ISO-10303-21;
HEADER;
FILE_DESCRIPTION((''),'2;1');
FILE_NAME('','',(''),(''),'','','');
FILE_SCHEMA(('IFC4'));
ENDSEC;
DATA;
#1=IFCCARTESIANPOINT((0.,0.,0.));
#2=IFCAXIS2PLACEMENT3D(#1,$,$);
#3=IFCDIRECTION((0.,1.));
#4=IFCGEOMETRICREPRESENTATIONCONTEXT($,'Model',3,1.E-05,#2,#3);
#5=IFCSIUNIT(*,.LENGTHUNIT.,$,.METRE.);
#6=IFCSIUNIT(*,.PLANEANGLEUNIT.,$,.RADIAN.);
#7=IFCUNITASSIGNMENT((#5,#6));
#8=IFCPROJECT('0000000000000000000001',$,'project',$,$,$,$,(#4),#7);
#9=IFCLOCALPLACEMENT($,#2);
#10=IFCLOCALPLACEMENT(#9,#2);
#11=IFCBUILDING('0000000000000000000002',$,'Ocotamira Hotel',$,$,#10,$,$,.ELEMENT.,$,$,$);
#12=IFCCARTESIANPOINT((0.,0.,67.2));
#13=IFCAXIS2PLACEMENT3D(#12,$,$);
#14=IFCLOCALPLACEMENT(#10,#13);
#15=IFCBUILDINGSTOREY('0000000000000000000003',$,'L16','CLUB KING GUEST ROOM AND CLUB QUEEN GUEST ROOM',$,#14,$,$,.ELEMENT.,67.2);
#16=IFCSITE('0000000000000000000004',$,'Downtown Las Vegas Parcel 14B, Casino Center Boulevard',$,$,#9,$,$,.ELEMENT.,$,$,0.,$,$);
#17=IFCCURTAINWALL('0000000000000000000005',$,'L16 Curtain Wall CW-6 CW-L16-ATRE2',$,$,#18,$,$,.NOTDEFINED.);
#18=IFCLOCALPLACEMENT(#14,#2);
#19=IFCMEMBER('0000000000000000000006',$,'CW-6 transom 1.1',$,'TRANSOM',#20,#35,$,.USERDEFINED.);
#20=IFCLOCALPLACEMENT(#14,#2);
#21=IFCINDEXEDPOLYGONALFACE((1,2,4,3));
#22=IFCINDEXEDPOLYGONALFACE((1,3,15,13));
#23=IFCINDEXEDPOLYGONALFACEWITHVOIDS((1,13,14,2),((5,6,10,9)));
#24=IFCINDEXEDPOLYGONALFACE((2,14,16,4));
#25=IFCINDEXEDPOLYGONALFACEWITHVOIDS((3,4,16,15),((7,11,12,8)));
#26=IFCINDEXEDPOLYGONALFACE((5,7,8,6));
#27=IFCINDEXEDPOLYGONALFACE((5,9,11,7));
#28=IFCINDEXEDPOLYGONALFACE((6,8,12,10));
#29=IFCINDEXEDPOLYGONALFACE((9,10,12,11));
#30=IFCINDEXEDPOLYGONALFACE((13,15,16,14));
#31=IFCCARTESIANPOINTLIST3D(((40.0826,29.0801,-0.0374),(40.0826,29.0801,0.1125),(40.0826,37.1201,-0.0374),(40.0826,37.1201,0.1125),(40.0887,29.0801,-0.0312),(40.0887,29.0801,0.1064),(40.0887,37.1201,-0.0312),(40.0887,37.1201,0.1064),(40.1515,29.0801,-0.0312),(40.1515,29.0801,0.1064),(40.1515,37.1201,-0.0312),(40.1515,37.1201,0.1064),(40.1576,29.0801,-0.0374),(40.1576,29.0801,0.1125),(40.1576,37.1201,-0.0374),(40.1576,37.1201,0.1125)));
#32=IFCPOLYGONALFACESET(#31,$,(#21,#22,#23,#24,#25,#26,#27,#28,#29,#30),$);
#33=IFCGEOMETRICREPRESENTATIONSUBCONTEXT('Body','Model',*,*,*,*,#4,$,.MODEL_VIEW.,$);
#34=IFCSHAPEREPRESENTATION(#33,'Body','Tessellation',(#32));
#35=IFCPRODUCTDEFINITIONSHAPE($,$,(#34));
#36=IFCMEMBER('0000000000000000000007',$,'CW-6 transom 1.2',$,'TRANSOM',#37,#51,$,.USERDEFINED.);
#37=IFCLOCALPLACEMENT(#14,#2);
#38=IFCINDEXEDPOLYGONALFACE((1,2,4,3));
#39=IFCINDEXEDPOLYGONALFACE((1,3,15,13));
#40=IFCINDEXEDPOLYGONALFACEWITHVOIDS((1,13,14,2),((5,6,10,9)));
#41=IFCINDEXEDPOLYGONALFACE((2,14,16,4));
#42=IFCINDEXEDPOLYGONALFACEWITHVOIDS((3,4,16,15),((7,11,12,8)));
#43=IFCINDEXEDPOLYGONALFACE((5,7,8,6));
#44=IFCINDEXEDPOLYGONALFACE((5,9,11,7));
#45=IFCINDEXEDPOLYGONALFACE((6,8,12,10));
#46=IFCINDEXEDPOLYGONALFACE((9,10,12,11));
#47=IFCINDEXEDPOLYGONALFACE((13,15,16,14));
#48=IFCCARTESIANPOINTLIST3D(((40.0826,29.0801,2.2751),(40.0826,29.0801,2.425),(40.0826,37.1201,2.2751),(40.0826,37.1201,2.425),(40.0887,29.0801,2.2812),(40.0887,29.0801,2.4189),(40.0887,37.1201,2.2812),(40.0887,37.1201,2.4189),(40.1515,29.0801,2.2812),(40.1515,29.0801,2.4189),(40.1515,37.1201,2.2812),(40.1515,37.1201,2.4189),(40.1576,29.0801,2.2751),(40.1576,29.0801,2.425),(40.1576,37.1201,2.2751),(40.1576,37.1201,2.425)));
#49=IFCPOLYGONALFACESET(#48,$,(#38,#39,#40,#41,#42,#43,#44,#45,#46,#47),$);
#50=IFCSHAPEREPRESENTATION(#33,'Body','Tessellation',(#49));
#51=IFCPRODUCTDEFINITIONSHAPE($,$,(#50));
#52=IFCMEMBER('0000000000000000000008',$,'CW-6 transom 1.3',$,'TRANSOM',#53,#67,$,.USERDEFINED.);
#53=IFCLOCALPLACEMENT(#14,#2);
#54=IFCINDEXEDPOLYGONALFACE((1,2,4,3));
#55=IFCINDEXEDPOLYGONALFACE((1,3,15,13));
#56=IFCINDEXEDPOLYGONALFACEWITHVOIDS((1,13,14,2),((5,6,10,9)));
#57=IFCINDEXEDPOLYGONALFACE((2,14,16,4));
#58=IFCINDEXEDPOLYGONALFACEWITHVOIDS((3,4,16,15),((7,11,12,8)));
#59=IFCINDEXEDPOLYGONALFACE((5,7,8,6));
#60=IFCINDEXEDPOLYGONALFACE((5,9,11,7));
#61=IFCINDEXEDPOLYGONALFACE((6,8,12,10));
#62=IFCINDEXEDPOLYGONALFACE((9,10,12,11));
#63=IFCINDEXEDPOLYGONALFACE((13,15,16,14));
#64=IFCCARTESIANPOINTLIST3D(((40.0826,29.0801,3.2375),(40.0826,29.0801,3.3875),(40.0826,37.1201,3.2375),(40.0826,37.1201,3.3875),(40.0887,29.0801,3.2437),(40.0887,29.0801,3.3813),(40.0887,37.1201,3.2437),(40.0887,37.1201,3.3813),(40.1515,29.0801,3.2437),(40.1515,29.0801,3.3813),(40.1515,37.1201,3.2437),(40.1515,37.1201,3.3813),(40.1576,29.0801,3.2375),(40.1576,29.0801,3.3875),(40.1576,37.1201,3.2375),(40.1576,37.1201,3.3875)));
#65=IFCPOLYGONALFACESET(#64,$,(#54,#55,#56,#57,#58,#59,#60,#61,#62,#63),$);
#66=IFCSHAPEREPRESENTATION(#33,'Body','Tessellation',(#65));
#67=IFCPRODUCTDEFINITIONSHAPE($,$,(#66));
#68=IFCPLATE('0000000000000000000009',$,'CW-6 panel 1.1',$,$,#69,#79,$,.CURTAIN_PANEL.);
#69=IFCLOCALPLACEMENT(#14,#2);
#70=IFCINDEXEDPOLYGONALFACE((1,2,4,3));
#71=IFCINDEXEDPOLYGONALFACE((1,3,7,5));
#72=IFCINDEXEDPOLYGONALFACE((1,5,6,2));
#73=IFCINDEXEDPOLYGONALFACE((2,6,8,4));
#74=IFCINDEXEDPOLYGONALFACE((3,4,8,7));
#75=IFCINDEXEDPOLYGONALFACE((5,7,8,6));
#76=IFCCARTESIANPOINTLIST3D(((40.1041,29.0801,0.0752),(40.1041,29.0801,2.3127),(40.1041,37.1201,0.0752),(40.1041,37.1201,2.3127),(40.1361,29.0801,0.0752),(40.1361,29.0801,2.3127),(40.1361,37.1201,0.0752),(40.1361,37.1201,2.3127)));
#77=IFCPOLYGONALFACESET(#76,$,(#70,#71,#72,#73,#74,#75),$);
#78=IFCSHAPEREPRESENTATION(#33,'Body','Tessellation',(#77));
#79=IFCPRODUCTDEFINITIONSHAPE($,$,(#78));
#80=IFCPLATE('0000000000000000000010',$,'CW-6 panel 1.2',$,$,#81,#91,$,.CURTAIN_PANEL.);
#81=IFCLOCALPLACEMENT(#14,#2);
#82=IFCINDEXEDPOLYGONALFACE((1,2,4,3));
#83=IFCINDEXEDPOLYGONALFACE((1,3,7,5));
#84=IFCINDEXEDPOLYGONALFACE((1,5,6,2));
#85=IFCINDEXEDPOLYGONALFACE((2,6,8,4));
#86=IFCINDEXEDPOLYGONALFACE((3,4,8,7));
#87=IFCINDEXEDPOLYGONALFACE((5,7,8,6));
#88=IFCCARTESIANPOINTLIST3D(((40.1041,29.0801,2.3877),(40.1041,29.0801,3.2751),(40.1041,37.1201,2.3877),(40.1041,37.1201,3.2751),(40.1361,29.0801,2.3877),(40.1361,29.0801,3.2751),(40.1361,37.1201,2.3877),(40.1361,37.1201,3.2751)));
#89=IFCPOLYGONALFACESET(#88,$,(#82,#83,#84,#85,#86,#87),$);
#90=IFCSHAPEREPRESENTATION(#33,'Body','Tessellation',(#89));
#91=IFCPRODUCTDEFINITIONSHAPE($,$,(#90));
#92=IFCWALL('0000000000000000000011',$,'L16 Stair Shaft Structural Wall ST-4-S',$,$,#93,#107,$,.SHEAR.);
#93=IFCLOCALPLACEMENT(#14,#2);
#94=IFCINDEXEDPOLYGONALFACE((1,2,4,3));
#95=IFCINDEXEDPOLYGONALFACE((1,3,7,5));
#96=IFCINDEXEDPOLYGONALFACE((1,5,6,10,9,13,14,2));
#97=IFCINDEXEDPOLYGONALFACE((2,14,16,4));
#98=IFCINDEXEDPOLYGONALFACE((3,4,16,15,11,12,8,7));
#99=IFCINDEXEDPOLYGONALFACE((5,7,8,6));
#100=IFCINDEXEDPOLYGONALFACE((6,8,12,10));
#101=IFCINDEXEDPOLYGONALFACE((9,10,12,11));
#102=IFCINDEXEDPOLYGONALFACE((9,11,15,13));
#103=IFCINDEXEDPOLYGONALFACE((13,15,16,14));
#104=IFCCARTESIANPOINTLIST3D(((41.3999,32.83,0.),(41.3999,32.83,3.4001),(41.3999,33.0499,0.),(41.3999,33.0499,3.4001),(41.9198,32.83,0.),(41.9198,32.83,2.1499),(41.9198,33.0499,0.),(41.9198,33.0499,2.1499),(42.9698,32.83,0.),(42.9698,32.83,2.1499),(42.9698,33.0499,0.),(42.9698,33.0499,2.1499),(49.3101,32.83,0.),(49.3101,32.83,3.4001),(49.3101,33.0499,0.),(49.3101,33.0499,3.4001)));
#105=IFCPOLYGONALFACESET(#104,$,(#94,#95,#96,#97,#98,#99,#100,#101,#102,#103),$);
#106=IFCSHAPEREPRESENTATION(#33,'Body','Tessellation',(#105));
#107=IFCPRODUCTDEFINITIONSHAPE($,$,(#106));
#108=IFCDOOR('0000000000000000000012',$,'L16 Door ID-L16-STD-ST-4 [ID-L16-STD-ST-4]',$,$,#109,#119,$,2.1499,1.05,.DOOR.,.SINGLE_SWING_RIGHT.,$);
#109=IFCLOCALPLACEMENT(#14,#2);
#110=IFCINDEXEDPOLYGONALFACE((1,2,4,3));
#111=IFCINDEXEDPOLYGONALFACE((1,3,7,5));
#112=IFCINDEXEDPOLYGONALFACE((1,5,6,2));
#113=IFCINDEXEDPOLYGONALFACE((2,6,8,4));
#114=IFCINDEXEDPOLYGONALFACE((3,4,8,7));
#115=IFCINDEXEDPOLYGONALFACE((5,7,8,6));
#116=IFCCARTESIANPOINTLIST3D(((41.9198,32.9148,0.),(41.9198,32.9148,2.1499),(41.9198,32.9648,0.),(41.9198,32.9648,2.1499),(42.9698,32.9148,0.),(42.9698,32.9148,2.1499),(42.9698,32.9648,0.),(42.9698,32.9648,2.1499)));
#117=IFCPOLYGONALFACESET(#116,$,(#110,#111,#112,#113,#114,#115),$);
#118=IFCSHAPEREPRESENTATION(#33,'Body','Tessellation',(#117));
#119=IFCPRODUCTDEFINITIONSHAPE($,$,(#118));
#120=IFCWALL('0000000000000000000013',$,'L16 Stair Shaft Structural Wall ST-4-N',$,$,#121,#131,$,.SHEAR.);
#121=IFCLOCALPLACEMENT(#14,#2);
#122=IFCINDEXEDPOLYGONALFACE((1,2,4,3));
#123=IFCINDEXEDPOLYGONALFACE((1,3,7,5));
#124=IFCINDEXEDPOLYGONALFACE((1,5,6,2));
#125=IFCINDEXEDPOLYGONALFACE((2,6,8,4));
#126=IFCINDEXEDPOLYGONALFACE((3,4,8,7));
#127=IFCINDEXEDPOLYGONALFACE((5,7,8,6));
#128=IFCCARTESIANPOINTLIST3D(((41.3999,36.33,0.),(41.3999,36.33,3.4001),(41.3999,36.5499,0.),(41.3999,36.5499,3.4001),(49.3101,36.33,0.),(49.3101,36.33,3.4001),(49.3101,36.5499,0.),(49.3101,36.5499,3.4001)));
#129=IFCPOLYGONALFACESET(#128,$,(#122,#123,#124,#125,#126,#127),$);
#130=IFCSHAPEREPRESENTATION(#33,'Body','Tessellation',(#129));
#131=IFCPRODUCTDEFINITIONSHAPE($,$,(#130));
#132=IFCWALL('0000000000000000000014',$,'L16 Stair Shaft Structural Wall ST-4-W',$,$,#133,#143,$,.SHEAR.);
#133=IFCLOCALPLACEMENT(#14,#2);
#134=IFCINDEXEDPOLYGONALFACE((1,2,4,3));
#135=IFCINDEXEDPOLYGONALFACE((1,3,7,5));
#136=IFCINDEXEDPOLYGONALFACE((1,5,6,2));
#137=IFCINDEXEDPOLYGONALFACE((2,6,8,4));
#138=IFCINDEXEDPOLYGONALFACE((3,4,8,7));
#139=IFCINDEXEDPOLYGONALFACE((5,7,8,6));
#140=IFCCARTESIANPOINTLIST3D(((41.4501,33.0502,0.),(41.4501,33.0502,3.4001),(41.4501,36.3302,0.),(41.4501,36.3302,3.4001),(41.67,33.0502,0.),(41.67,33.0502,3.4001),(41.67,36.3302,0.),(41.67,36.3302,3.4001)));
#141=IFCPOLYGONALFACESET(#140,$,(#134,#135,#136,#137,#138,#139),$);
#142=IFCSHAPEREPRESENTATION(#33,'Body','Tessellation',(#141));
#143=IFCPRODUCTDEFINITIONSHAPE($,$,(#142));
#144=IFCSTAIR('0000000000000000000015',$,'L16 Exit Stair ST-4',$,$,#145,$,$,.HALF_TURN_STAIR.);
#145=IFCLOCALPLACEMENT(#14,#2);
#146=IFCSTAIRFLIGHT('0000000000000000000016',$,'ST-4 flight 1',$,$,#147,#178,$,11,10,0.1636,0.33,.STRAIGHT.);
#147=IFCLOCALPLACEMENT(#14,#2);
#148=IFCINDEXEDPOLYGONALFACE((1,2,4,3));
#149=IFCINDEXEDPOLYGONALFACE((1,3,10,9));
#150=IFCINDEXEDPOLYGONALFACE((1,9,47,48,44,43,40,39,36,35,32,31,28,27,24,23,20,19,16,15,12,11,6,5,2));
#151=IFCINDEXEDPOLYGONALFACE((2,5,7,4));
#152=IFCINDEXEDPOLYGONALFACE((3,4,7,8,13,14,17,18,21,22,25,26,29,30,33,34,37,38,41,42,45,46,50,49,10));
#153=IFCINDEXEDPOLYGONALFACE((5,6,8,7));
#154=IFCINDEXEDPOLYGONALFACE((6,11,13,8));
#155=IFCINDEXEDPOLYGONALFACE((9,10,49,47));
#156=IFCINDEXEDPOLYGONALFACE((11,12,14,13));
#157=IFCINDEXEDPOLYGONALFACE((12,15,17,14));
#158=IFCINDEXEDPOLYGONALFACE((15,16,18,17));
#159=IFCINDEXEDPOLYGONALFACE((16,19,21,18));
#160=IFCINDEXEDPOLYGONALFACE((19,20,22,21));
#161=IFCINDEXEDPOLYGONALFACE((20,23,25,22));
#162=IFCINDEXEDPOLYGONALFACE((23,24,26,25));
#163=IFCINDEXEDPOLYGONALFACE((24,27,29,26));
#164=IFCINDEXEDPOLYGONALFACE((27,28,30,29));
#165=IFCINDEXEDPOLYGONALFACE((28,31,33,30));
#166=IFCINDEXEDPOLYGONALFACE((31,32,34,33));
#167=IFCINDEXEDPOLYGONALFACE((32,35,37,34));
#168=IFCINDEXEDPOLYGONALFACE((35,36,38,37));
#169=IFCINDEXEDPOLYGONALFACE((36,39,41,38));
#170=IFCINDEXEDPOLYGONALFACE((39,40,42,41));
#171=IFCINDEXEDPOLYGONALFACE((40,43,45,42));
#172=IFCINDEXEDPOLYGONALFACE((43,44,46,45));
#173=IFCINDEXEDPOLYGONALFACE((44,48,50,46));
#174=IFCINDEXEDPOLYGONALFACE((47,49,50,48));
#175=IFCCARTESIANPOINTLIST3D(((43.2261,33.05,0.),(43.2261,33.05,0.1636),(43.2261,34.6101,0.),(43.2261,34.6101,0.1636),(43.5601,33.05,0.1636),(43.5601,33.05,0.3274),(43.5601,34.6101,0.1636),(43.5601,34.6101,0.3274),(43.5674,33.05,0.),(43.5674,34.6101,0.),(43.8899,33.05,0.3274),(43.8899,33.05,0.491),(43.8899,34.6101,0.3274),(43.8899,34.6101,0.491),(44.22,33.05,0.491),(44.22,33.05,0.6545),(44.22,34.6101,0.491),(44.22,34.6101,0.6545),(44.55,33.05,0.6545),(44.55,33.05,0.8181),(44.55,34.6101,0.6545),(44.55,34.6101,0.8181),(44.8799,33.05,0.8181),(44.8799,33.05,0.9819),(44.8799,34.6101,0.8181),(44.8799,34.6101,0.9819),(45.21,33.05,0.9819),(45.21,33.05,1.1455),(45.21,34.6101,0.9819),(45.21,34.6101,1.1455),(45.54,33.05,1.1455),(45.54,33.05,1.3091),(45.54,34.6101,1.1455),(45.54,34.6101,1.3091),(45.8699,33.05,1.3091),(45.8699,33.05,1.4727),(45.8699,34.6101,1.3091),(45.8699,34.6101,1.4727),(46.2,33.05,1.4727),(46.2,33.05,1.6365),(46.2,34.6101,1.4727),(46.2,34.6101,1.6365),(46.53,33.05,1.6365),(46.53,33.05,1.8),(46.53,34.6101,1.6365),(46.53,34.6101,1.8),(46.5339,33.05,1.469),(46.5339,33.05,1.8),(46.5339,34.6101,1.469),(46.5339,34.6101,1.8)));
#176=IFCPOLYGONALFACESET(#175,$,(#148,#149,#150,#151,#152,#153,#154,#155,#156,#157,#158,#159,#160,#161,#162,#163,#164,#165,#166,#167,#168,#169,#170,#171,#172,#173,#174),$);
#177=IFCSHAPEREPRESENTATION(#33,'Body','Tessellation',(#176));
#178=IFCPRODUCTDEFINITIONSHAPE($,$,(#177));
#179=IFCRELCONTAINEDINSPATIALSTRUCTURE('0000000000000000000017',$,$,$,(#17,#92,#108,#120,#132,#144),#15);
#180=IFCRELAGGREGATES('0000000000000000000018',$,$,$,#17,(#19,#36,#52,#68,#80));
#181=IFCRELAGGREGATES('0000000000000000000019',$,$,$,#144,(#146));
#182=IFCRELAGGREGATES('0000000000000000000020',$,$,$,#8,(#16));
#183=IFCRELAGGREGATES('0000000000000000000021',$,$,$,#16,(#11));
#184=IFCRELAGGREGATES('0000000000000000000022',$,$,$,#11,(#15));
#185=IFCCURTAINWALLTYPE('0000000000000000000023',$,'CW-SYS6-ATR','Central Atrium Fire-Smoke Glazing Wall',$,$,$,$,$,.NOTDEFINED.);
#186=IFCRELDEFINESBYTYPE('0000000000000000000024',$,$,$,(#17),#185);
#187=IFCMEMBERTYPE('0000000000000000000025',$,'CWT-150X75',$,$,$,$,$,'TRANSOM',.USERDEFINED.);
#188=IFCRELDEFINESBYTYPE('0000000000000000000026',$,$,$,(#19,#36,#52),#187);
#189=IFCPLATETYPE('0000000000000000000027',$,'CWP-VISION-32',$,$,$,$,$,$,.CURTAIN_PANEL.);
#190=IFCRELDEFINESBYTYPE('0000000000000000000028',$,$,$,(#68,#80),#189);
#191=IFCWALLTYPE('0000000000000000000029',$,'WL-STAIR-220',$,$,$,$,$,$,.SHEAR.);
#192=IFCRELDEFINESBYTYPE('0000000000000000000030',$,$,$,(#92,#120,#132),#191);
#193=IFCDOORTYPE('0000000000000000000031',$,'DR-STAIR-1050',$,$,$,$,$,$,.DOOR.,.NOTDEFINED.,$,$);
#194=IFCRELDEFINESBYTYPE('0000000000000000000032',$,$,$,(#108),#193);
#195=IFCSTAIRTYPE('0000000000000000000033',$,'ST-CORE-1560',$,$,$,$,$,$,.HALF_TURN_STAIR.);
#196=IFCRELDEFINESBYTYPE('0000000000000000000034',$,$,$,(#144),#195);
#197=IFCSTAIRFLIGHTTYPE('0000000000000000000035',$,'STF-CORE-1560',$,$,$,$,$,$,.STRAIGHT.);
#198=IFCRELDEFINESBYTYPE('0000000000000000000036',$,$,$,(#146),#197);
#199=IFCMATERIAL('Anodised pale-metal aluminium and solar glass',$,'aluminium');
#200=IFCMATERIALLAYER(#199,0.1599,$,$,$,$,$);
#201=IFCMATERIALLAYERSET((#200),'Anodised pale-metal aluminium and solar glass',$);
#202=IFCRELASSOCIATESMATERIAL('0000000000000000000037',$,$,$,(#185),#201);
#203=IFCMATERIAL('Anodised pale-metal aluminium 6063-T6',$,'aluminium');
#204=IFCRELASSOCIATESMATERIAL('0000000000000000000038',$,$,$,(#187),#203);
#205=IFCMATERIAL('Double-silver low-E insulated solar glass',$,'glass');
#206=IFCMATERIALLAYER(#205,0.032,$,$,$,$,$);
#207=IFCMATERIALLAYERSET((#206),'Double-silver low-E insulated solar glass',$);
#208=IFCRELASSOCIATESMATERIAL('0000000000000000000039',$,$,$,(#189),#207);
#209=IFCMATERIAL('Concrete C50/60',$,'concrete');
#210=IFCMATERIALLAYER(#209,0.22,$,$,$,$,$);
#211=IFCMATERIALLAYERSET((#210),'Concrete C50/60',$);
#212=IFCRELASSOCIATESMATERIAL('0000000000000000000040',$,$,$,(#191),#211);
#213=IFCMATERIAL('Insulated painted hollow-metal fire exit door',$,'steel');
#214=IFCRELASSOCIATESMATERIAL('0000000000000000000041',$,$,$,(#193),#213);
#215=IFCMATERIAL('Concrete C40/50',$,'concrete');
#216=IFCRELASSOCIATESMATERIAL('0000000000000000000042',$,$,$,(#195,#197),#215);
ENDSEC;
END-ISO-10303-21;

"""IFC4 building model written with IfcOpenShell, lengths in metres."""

from ifc_helpers import new_model, si_unit, direction, frame, frame_2d, origin, origin_2d, place, context, subcontext, project, spatial, polyline, rectangle, hollow_rectangle, outline, extrude, source, transform, mapped, material, layer, layer_set, material_profile, profile_set, type_object, element, fill, aggregate, save


model = new_model("IFC4")

# Units and contexts
model_context = context("Model", 3, precision=1e-05, world=origin(), true_north=direction((0.0, 1.0)))
body_context = subcontext(model_context, "Body", "Model", "MODEL_VIEW")
ifc_project = project(units=[si_unit("LENGTHUNIT", "METRE"), si_unit("PLANEANGLEUNIT", "RADIAN")], contexts=[model_context])

# Site, building, storey
site_placement = place(None, origin())
site = spatial("IfcSite", under=ifc_project, at=site_placement, Name="Downtown Las Vegas Parcel 14B, Casino Center Boulevard", CompositionType="ELEMENT", RefElevation=0.0)
building_placement = place(site_placement, origin())
building = spatial("IfcBuilding", under=site, at=building_placement, Name="Ocotamira Hotel", CompositionType="ELEMENT")
storey_placement = place(building_placement, frame((0.0, 0.0, 67.2)))
storey = spatial("IfcBuildingStorey", under=building, at=storey_placement, Name="L16", Description="CLUB KING GUEST ROOM AND CLUB QUEEN GUEST ROOM", CompositionType="ELEMENT", Elevation=67.2)

# Shared definitions
ifc_material_1 = material(Name="Anodised pale-metal aluminium and solar glass", Category="aluminium")
ifc_layer_1 = layer(ifc_material_1, 0.1599)
ifc_layer_set_1 = layer_set([ifc_layer_1], Name="Anodised pale-metal aluminium and solar glass")
curtain_wall_type = type_object("IfcCurtainWallType", Name="CW-SYS6-ATR", Description="Central Atrium Fire-Smoke Glazing Wall", PredefinedType="NOTDEFINED", material=ifc_layer_set_1)
ifc_material_2 = material(Name="Anodised pale-metal aluminium 6063-T6", Category="aluminium")

# Curtain wall, members, plates
curtain_wall_1_placement = place(storey_placement, origin())
curtain_wall_1 = element("IfcCurtainWall", 1, at=curtain_wall_1_placement, inside=storey, type_object=curtain_wall_type, Name="L16 Curtain Wall CW-6 CW-L16-ATRE2", PredefinedType="NOTDEFINED")
ifc_material_profile_1 = material_profile(ifc_material_2, hollow_rectangle(XDim=0.075, YDim=0.1499, WallThickness=0.0061, at=origin_2d()), Name="HSS150X75X6")
ifc_profile_set_1 = profile_set([ifc_material_profile_1], Name="Anodised pale-metal aluminium 6063-T6")
member_type_1 = type_object("IfcMemberType", Name="CWT-150X75", ElementType="TRANSOM", PredefinedType="USERDEFINED", material=ifc_profile_set_1)
shared_shape_1 = source(origin(), body_context, "Body", "SweptSolid", [
    extrude(hollow_rectangle(XDim=0.075, YDim=0.1499, WallThickness=0.0061, at=origin_2d()), origin(), (0.0, 0.0, 1.0), 8.04),
])
member_1_placement = place(storey_placement, frame((40.1201, 29.0801, 0.0376), z_axis=(0.0, 1.0, 0.0), x_axis=(-1.0, 0.0, 0.0)))
member_1 = element("IfcMember", 2, at=member_1_placement, type_object=member_type_1, Name="CW-6 transom 1.1", ObjectType="TRANSOM", PredefinedType="USERDEFINED", context=body_context, shape_type="MappedRepresentation", body=[
    mapped(shared_shape_1, transform((0.0, 0.0, 0.0), scale=1.0)),
])
member_2_placement = place(storey_placement, frame((40.1201, 29.0801, 2.3501), z_axis=(0.0, 1.0, 0.0), x_axis=(-1.0, 0.0, 0.0)))
member_2 = element("IfcMember", 3, at=member_2_placement, type_object=member_type_1, Name="CW-6 transom 1.2", ObjectType="TRANSOM", PredefinedType="USERDEFINED", context=body_context, shape_type="MappedRepresentation", body=[
    mapped(shared_shape_1, transform((0.0, 0.0, 0.0), scale=1.0)),
])
member_3_placement = place(storey_placement, frame((40.1201, 29.0801, 3.3125), z_axis=(0.0, 1.0, 0.0), x_axis=(-1.0, 0.0, 0.0)))
member_3 = element("IfcMember", 4, at=member_3_placement, type_object=member_type_1, Name="CW-6 transom 1.3", ObjectType="TRANSOM", PredefinedType="USERDEFINED", context=body_context, shape_type="MappedRepresentation", body=[
    mapped(shared_shape_1, transform((0.0, 0.0, 0.0), scale=1.0)),
])
ifc_material_3 = material(Name="Double-silver low-E insulated solar glass", Category="glass")
ifc_layer_2 = layer(ifc_material_3, 0.032)
ifc_layer_set_2 = layer_set([ifc_layer_2], Name="Double-silver low-E insulated solar glass")
plate_type = type_object("IfcPlateType", Name="CWP-VISION-32", PredefinedType="CURTAIN_PANEL", material=ifc_layer_set_2)
shared_shape_2 = source(origin(), body_context, "Body", "SweptSolid", [
    extrude(rectangle(XDim=8.04, YDim=0.032, at=origin_2d()), origin(), (0.0, 0.0, 1.0), 2.2375),
])
plate_1_placement = place(storey_placement, frame((40.1201, 33.1001, 0.0752), z_axis=(0.0, 0.0, 1.0), x_axis=(0.0, 1.0, 0.0)))
plate_1 = element("IfcPlate", 5, at=plate_1_placement, type_object=plate_type, Name="CW-6 panel 1.1", PredefinedType="CURTAIN_PANEL", context=body_context, shape_type="MappedRepresentation", body=[
    mapped(shared_shape_2, transform((0.0, 0.0, 0.0), scale=1.0)),
])
shared_shape_3 = source(origin(), body_context, "Body", "SweptSolid", [
    extrude(rectangle(XDim=8.04, YDim=0.032, at=origin_2d()), origin(), (0.0, 0.0, 1.0), 0.8875),
])
plate_2_placement = place(storey_placement, frame((40.1201, 33.1001, 2.3877), z_axis=(0.0, 0.0, 1.0), x_axis=(0.0, 1.0, 0.0)))
plate_2 = element("IfcPlate", 6, at=plate_2_placement, type_object=plate_type, Name="CW-6 panel 1.2", PredefinedType="CURTAIN_PANEL", context=body_context, shape_type="MappedRepresentation", body=[
    mapped(shared_shape_3, transform((0.0, 0.0, 0.0), scale=1.0)),
])
aggregate(curtain_wall_1, [member_1, member_2, member_3, plate_1, plate_2])

# Wall, opening, door
ifc_material_4 = material(Name="Concrete C50/60", Category="concrete")
ifc_layer_3 = layer(ifc_material_4, 0.22)
ifc_layer_set_3 = layer_set([ifc_layer_3], Name="Concrete C50/60")
wall_type = type_object("IfcWallType", Name="WL-STAIR-220", PredefinedType="SHEAR", material=ifc_layer_set_3)
wall_1_placement = place(storey_placement, frame((41.3999, 32.9399, 0.0), z_axis=(0.0, 0.0, 1.0), x_axis=(1.0, 0.0, 0.0)))
wall_1 = element("IfcWall", 7, at=wall_1_placement, inside=storey, type_object=wall_type, Name="L16 Stair Shaft Structural Wall ST-4-S", PredefinedType="SHEAR", context=body_context, shape_type="SweptSolid", body=[
    extrude(rectangle(XDim=7.9102, YDim=0.22, at=frame_2d((3.9551, 0.0))), origin(), (0.0, 0.0, 1.0), 3.4001),
])
opening_placement = place(wall_1_placement, frame((0.52, 0.0, 0.0)))
opening = element("IfcOpeningElement", 8, at=opening_placement, cuts=wall_1, PredefinedType="OPENING", context=body_context, shape_type="SweptSolid", body=[
    extrude(rectangle(XDim=1.05, YDim=2.1499, at=frame_2d((0.5249, 1.075))), frame((0.0, 0.1201, 0.0), z_axis=(0.0, -1.0, 0.0), x_axis=(1.0, 0.0, 0.0)), (0.0, 0.0, 1.0), 0.24),
])
ifc_material_5 = material(Name="Insulated painted hollow-metal fire exit door", Category="steel")
door_type = type_object("IfcDoorType", Name="DR-STAIR-1050", OperationType="NOTDEFINED", PredefinedType="DOOR", material=ifc_material_5)
shared_shape_4 = source(origin(), body_context, "Body", "SweptSolid", [
    extrude(rectangle(XDim=1.05, YDim=2.1499, at=frame_2d((0.5249, 1.075))), frame((0.0, 0.0249, 0.0), z_axis=(0.0, -1.0, 0.0), x_axis=(1.0, 0.0, 0.0)), (0.0, 0.0, 1.0), 0.05),
])
door_placement = place(opening_placement, origin())
door = element("IfcDoor", 9, at=door_placement, inside=storey, type_object=door_type, Name="L16 Door ID-L16-STD-ST-4 [ID-L16-STD-ST-4]", OperationType="SINGLE_SWING_RIGHT", OverallHeight=2.1499, OverallWidth=1.05, PredefinedType="DOOR", context=body_context, shape_type="MappedRepresentation", body=[
    mapped(shared_shape_4, transform((0.0, 0.0, 0.0), scale=1.0)),
])
fill(opening, door)

# Walls
wall_2_placement = place(storey_placement, frame((41.3999, 36.4399, 0.0), z_axis=(0.0, 0.0, 1.0), x_axis=(1.0, 0.0, 0.0)))
element("IfcWall", 10, at=wall_2_placement, inside=storey, type_object=wall_type, Name="L16 Stair Shaft Structural Wall ST-4-N", PredefinedType="SHEAR", context=body_context, shape_type="SweptSolid", body=[
    extrude(rectangle(XDim=7.9102, YDim=0.22, at=frame_2d((3.9551, 0.0))), origin(), (0.0, 0.0, 1.0), 3.4001),
])
wall_3_placement = place(storey_placement, frame((41.5601, 33.05, 0.0), z_axis=(0.0, 0.0, 1.0), x_axis=(0.0, 1.0, 0.0)))
element("IfcWall", 11, at=wall_3_placement, inside=storey, type_object=wall_type, Name="L16 Stair Shaft Structural Wall ST-4-W", PredefinedType="SHEAR", context=body_context, shape_type="SweptSolid", body=[
    extrude(rectangle(XDim=3.28, YDim=0.22, at=frame_2d((1.6401, 0.0))), origin(), (0.0, 0.0, 1.0), 3.4001),
])

# Stair, stair flight
ifc_material_6 = material(Name="Concrete C40/50", Category="concrete")
stair_type = type_object("IfcStairType", Name="ST-CORE-1560", PredefinedType="HALF_TURN_STAIR", material=ifc_material_6)
stair_placement = place(storey_placement, origin())
stair = element("IfcStair", 12, at=stair_placement, inside=storey, type_object=stair_type, Name="L16 Exit Stair ST-4", PredefinedType="HALF_TURN_STAIR")
stair_flight_type = type_object("IfcStairFlightType", Name="STF-CORE-1560", PredefinedType="STRAIGHT", material=ifc_material_6)
shared_shape_5 = source(origin(), body_context, "Body", "SweptSolid", [
    extrude(outline(polyline([(-0.0039, 0.0), (-0.0039, 0.1636), (0.3301, 0.1636), (0.3301, 0.3274), (0.6599, 0.3274), (0.6599, 0.491), (0.99, 0.491), (0.99, 0.6545), (1.3201, 0.6545), (1.3201, 0.8181), (1.6499, 0.8181), (1.6499, 0.9819), (1.98, 0.9819), (1.98, 1.1455), (2.3101, 1.1455), (2.3101, 1.3091), (2.6399, 1.3091), (2.6399, 1.4727), (2.97, 1.4727), (2.97, 1.6365), (3.3, 1.6365), (3.3, 1.8), (3.304, 1.8), (3.304, 1.469), (0.3374, 0.0), (-0.0039, 0.0)])), frame((0.0, 0.78, 0.0), z_axis=(0.0, -1.0, 0.0), x_axis=(1.0, 0.0, 0.0)), (0.0, 0.0, 1.0), 1.5601),
])
stair_flight_placement = place(storey_placement, frame((43.23, 33.8301, 0.0), z_axis=(0.0, 0.0, 1.0), x_axis=(1.0, 0.0, 0.0)))
stair_flight = element("IfcStairFlight", 13, at=stair_flight_placement, type_object=stair_flight_type, Name="ST-4 flight 1", NumberOfRisers=11, NumberOfTreads=10, PredefinedType="STRAIGHT", RiserHeight=0.1636, TreadLength=0.33, context=body_context, shape_type="MappedRepresentation", body=[
    mapped(shared_shape_5, transform((0.0, 0.0, 0.0), scale=1.0)),
])
aggregate(stair, [stair_flight])

save(model, "model.ifc")
